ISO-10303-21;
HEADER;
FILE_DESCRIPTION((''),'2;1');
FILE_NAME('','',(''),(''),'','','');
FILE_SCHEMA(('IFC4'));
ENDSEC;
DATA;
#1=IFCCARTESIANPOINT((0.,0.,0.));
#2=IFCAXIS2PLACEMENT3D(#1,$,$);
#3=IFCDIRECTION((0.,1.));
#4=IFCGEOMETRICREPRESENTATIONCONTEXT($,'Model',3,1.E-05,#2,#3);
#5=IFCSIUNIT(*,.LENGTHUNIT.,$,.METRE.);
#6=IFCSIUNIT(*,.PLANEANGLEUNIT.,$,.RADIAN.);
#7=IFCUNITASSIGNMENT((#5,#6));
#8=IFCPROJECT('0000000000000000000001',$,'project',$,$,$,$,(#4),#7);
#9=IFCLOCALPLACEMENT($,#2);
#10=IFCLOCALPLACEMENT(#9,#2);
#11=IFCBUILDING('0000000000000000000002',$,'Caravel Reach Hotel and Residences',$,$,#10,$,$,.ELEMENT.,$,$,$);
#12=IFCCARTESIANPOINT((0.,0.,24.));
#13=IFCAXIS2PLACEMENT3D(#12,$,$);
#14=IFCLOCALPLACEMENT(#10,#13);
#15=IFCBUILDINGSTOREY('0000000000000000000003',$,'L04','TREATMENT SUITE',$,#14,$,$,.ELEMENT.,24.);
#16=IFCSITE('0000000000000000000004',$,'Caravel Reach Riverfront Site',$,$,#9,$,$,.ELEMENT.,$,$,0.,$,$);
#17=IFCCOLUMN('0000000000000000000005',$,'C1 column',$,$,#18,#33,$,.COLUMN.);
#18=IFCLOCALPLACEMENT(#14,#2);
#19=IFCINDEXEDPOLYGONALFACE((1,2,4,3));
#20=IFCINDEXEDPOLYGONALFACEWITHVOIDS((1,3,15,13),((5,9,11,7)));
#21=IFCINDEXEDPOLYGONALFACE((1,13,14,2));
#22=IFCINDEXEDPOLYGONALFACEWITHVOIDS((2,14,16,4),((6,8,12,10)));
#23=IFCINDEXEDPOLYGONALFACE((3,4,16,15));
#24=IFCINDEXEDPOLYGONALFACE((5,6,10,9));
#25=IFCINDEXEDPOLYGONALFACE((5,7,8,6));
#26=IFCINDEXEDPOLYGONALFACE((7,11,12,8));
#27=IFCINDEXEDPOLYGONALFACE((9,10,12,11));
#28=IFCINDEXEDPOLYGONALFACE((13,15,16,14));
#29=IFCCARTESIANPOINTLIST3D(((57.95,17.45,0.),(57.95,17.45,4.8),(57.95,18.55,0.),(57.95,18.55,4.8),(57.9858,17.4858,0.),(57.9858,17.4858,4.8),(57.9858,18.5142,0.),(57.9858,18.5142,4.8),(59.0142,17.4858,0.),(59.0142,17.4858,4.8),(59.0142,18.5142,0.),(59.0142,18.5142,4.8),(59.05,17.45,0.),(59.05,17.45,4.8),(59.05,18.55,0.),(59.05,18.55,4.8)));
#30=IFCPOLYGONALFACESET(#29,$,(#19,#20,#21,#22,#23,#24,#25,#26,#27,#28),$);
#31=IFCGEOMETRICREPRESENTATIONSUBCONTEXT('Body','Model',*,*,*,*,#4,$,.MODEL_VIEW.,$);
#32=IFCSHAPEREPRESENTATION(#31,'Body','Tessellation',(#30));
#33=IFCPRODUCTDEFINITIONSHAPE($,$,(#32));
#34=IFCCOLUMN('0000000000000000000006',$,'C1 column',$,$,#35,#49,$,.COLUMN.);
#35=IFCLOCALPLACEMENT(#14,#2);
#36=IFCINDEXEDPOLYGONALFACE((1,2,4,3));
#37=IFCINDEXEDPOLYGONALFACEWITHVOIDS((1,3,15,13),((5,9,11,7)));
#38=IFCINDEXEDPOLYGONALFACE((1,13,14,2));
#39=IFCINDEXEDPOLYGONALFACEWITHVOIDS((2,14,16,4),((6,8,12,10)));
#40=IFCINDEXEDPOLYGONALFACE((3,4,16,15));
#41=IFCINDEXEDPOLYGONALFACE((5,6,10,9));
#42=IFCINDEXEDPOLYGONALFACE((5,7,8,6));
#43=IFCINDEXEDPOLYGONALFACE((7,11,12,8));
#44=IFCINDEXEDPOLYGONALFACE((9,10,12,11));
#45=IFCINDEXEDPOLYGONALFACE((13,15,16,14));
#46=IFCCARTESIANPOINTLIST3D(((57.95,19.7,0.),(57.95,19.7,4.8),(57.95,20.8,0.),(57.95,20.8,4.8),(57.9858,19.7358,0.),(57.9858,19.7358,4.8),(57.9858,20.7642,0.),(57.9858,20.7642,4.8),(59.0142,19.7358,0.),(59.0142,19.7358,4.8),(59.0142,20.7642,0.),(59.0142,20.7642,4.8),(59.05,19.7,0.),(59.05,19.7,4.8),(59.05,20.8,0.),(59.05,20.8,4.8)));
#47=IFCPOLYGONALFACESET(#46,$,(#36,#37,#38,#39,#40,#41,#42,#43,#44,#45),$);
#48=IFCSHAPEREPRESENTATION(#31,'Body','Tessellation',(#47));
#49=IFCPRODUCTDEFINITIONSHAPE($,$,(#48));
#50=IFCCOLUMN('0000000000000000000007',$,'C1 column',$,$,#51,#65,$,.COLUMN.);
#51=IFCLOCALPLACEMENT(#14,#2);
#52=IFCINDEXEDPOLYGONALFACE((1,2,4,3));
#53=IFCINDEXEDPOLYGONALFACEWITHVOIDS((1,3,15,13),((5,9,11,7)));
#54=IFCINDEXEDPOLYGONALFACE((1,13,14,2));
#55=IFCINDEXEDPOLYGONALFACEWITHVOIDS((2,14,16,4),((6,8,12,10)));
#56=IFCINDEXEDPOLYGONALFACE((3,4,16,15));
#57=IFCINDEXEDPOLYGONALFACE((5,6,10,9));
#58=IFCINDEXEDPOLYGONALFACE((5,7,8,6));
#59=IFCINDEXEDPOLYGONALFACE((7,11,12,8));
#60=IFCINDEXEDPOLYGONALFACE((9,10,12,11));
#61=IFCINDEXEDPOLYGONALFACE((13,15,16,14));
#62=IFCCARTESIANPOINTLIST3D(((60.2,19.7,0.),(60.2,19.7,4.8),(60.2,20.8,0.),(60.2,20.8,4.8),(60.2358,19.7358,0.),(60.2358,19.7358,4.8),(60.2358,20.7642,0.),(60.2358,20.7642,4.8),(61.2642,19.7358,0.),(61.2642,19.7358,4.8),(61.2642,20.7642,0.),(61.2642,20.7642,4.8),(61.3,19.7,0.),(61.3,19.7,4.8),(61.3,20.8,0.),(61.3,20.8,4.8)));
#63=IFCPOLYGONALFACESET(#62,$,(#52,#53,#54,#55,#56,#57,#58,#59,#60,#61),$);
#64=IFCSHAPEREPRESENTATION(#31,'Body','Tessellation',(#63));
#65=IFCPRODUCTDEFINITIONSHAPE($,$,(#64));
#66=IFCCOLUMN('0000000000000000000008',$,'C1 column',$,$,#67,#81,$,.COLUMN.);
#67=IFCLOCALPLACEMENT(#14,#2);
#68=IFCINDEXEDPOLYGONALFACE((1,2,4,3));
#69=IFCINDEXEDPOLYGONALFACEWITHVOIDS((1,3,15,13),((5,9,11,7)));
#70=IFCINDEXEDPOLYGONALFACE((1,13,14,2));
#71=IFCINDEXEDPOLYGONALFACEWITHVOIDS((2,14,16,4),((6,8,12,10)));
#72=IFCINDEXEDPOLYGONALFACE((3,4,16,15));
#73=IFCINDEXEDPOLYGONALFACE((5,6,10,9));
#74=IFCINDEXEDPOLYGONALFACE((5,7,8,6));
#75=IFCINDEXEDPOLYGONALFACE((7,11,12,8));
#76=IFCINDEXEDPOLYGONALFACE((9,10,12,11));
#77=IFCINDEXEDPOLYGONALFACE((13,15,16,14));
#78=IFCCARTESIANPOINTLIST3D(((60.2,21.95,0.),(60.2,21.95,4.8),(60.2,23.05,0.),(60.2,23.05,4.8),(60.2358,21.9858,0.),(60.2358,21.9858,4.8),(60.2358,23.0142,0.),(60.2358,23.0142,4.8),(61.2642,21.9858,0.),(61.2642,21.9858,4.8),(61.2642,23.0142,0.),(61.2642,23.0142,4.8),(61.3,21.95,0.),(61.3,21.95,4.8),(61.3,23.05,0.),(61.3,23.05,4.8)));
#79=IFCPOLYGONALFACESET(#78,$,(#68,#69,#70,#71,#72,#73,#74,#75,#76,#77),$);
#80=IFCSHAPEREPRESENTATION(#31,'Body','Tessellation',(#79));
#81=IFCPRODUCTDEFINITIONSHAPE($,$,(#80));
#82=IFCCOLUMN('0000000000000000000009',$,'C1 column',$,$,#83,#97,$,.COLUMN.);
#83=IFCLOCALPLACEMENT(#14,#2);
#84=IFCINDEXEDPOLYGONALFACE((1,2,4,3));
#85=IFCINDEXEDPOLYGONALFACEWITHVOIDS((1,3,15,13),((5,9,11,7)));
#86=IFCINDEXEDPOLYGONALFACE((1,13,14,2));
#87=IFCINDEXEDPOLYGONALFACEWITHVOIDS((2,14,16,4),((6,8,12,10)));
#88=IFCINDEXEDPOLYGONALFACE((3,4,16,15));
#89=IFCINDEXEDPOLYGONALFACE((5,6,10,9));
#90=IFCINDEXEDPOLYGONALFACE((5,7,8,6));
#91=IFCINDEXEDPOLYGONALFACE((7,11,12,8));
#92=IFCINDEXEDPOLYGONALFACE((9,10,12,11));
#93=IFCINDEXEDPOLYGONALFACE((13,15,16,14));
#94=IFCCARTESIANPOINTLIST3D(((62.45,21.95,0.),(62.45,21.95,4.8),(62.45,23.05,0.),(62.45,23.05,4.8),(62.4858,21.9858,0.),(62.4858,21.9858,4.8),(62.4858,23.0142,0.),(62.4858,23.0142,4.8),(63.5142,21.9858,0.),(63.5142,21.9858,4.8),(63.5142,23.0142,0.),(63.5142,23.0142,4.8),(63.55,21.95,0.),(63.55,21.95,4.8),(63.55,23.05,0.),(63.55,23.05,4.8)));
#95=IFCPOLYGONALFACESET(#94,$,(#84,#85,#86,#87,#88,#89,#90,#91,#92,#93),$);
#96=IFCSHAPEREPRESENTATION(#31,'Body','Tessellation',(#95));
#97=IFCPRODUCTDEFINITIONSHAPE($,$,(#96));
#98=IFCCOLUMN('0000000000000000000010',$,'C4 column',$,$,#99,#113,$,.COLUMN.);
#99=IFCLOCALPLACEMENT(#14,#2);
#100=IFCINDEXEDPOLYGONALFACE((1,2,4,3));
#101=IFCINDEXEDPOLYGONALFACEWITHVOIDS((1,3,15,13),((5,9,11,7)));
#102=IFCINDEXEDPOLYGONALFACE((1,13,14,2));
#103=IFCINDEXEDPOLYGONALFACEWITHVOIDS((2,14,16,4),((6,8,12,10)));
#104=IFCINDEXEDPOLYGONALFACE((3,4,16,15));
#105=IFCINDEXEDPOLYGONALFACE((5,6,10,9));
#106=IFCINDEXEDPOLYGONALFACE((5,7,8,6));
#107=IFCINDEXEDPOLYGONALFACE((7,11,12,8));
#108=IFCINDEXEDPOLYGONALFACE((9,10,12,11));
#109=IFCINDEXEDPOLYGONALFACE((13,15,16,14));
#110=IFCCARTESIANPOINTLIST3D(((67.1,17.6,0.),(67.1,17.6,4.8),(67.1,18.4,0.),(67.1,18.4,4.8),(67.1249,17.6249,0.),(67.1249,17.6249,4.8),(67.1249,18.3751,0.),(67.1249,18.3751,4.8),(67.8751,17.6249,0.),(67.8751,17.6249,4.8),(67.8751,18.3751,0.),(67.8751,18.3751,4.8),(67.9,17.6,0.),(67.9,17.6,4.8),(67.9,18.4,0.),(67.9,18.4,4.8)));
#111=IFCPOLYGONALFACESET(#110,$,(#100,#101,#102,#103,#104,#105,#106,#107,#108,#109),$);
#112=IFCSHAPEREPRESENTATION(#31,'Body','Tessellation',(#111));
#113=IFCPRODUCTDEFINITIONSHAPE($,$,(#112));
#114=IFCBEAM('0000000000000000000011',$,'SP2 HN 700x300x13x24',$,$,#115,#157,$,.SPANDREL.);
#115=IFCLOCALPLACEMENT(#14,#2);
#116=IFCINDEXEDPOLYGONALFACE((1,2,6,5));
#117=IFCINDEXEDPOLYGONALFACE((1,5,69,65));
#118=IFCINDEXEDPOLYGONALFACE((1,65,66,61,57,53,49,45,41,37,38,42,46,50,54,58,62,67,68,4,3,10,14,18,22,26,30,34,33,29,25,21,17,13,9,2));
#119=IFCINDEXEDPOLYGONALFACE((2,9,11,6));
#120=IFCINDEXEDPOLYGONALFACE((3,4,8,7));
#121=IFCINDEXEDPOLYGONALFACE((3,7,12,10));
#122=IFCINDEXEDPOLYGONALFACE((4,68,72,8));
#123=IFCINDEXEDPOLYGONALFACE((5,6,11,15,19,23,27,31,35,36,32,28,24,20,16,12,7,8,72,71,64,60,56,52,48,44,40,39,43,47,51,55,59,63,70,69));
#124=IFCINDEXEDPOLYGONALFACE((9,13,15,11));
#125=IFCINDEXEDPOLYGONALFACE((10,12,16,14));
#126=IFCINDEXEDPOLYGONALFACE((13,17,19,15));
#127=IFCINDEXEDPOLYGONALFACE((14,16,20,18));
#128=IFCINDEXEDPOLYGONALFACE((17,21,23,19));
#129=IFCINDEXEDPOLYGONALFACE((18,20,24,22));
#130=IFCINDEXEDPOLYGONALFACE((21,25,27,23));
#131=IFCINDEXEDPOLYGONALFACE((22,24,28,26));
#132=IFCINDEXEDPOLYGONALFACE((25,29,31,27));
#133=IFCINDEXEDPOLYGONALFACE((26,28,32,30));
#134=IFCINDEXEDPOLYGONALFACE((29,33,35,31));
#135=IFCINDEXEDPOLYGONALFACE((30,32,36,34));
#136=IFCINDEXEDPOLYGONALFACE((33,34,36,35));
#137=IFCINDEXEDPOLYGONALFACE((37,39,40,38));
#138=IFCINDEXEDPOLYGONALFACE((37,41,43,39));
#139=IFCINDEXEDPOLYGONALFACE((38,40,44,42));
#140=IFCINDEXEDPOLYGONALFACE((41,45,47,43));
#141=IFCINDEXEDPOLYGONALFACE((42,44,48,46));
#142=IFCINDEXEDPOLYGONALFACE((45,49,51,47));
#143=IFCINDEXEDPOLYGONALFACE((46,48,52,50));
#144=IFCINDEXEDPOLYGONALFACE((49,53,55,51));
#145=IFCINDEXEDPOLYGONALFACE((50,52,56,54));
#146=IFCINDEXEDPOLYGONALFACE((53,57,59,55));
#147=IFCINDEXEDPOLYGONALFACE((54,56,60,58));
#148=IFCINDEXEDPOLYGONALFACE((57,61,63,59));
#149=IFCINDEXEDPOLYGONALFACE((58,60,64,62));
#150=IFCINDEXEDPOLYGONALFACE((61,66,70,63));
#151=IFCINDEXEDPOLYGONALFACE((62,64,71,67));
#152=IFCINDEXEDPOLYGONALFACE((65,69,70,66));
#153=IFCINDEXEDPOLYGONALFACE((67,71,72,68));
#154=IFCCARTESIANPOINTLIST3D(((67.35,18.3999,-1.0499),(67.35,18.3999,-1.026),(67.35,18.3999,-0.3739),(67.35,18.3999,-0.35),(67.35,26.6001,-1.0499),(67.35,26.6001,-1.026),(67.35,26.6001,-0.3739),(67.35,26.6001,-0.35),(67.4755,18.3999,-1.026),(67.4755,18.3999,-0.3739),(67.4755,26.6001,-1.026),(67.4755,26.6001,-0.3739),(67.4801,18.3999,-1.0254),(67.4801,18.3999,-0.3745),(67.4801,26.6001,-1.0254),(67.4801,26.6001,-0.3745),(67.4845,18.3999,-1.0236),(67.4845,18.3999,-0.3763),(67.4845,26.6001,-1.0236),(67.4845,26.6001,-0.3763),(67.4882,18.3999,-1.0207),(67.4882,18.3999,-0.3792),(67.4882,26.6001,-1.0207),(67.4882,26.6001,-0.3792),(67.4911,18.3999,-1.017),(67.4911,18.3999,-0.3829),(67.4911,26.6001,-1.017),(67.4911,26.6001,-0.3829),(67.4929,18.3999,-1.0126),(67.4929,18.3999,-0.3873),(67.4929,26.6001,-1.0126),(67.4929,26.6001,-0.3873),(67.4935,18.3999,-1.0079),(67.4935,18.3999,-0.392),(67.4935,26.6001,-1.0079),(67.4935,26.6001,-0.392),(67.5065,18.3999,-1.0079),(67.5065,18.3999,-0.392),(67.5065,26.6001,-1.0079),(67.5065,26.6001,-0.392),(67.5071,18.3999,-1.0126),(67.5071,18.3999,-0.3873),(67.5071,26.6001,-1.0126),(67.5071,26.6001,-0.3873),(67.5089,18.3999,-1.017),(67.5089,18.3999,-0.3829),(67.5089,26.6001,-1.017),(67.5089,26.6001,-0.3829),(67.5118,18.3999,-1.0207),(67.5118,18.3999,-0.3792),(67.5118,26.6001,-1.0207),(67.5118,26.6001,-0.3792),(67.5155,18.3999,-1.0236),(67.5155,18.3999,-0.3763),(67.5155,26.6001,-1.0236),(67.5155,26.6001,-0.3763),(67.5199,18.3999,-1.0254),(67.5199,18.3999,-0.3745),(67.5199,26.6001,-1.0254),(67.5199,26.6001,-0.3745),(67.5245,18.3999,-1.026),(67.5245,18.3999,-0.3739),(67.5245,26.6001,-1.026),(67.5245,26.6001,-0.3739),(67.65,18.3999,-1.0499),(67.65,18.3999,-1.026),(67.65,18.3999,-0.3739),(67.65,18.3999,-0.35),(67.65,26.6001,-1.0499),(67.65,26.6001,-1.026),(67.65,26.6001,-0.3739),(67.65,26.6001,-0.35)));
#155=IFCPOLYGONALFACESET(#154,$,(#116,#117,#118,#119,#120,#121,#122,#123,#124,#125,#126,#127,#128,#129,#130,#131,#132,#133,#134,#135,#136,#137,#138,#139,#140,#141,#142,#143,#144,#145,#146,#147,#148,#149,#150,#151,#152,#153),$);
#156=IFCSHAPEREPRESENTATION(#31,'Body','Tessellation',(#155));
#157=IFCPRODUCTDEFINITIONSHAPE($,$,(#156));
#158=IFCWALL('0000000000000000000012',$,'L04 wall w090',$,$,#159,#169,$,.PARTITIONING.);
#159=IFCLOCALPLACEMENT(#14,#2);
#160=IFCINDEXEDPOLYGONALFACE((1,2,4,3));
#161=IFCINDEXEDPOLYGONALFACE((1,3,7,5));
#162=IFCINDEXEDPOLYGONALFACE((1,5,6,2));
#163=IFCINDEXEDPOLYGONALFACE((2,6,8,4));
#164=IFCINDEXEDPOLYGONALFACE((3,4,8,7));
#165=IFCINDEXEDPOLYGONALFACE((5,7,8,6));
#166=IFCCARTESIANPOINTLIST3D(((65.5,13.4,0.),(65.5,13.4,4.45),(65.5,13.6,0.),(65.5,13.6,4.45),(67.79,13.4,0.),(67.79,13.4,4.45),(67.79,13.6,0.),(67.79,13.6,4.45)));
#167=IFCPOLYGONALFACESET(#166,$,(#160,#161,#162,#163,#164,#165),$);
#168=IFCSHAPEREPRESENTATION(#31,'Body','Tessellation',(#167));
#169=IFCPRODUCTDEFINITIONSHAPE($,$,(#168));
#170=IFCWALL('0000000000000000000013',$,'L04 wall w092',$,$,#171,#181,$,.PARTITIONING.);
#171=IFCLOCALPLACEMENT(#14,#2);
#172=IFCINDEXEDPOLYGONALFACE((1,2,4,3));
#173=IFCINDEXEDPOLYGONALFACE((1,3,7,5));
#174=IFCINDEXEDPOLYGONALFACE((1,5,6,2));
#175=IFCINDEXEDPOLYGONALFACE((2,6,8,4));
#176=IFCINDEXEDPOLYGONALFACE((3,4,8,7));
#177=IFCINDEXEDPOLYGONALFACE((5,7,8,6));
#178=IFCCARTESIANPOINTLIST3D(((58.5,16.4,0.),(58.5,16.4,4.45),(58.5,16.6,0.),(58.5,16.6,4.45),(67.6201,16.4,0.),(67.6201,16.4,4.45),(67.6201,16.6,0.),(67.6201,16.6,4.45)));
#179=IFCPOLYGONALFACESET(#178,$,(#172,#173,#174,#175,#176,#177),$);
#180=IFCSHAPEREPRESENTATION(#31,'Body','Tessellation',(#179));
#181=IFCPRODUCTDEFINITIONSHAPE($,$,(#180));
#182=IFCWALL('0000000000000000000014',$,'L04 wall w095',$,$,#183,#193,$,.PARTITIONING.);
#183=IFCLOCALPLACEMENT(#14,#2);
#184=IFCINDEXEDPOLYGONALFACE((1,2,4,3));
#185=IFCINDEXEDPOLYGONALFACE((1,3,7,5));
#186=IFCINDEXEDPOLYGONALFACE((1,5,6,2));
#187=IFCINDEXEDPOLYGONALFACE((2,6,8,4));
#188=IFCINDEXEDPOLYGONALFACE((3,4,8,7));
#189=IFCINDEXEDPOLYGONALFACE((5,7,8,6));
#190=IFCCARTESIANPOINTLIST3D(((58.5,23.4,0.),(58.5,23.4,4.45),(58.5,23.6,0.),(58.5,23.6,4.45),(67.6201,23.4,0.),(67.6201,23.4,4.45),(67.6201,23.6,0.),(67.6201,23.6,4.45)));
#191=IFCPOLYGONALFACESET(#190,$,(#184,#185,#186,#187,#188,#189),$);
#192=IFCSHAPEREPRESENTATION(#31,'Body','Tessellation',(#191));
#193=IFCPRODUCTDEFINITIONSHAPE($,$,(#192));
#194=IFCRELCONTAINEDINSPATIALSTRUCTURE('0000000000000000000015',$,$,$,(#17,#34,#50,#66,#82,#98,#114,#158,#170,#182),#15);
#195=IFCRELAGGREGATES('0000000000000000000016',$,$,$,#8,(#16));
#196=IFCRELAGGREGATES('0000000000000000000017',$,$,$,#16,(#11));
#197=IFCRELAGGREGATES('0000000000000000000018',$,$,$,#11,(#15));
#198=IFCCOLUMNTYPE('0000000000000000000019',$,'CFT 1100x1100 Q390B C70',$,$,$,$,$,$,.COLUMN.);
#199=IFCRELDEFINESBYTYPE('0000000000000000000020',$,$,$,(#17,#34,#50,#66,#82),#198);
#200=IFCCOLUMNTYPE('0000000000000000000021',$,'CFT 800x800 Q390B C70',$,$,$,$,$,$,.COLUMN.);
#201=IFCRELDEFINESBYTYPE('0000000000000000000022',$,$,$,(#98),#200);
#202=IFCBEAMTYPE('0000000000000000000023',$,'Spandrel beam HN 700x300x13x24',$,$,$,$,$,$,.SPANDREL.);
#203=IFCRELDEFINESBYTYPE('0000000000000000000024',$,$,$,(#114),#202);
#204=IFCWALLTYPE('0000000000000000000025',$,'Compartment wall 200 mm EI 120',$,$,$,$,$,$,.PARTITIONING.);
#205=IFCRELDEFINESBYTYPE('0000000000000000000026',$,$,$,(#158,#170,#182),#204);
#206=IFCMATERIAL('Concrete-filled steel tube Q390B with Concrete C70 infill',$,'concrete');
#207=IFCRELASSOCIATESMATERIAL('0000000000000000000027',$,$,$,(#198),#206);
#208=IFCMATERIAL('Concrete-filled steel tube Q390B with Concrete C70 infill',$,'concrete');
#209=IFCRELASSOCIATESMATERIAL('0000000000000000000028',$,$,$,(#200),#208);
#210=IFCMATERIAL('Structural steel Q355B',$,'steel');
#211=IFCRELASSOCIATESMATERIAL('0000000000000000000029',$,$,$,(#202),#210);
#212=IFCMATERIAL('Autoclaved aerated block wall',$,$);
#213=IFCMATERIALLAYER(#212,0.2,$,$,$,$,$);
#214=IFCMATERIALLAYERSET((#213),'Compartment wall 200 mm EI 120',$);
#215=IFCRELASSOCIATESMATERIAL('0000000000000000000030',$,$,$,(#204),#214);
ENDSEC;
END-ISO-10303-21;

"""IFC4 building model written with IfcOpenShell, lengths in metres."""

from ifc_helpers import new_model, si_unit, direction, frame, frame_2d, origin, origin_2d, place, context, subcontext, project, spatial, rectangle, hollow_rectangle, i_section, extrude, material, layer, layer_set, material_profile, profile_set, type_object, element, save


model = new_model("IFC4")

# Units and contexts
model_context = context("Model", 3, precision=1e-05, world=origin(), true_north=direction((0.0, 1.0)))
body_context = subcontext(model_context, "Body", "Model", "MODEL_VIEW")
ifc_project = project(units=[si_unit("LENGTHUNIT", "METRE"), si_unit("PLANEANGLEUNIT", "RADIAN")], contexts=[model_context])

# Site, building, storey
site_placement = place(None, origin())
site = spatial("IfcSite", under=ifc_project, at=site_placement, Name="Caravel Reach Riverfront Site", CompositionType="ELEMENT", RefElevation=0.0)
building_placement = place(site_placement, origin())
building = spatial("IfcBuilding", under=site, at=building_placement, Name="Caravel Reach Hotel and Residences", CompositionType="ELEMENT")
storey_placement = place(building_placement, frame((0.0, 0.0, 24.0)))
storey = spatial("IfcBuildingStorey", under=building, at=storey_placement, Name="L04", Description="TREATMENT SUITE", CompositionType="ELEMENT", Elevation=24.0)

# Columns
ifc_material_1 = material(Name="Concrete-filled steel tube Q390B with Concrete C70 infill", Category="concrete")
ifc_material_profile_1 = material_profile(ifc_material_1, hollow_rectangle(XDim=1.1001, YDim=1.1001, WallThickness=0.0359, at=origin_2d()), Name="RHS 1100x1100x36")
ifc_profile_set_1 = profile_set([ifc_material_profile_1], Name="Concrete-filled steel tube Q390B with Concrete C70 infill")
column_type_1 = type_object("IfcColumnType", Name="CFT 1100x1100 Q390B C70", PredefinedType="COLUMN", material=ifc_profile_set_1)
for number, where, z_axis, x_axis, name in (
    (1, (58.5, 18.0, 0.0), (0.0, 0.0, 1.0), (1.0, 0.0, 0.0), "C1 column"),
    (2, (58.5, 20.25, 0.0), (0.0, 0.0, 1.0), (1.0, 0.0, 0.0), "C1 column"),
    (3, (60.75, 20.25, 0.0), (0.0, 0.0, 1.0), (1.0, 0.0, 0.0), "C1 column"),
    (4, (60.75, 22.5, 0.0), (0.0, 0.0, 1.0), (1.0, 0.0, 0.0), "C1 column"),
    (5, (63.0, 22.5, 0.0), (0.0, 0.0, 1.0), (1.0, 0.0, 0.0), "C1 column"),
):
    element("IfcColumn", number, at=place(storey_placement, frame(where, z_axis=z_axis, x_axis=x_axis)), inside=storey, type_object=column_type_1, Name=name, PredefinedType="COLUMN", context=body_context, shape_type="SweptSolid", body=[
        extrude(hollow_rectangle(XDim=1.1001, YDim=1.1001, WallThickness=0.0359, at=origin_2d()), origin(), (0.0, 0.0, 1.0), 4.8),
    ])
ifc_material_2 = material(Name="Concrete-filled steel tube Q390B with Concrete C70 infill", Category="concrete")
ifc_material_profile_2 = material_profile(ifc_material_2, hollow_rectangle(XDim=0.8, YDim=0.8, WallThickness=0.0249, at=origin_2d()), Name="RHS 800x800x25")
ifc_profile_set_2 = profile_set([ifc_material_profile_2], Name="Concrete-filled steel tube Q390B with Concrete C70 infill")
column_type_2 = type_object("IfcColumnType", Name="CFT 800x800 Q390B C70", PredefinedType="COLUMN", material=ifc_profile_set_2)
column_placement = place(storey_placement, frame((67.5, 18.0, 0.0), z_axis=(0.0, 0.0, 1.0), x_axis=(1.0, 0.0, 0.0)))
element("IfcColumn", 6, at=column_placement, inside=storey, type_object=column_type_2, Name="C4 column", PredefinedType="COLUMN", context=body_context, shape_type="SweptSolid", body=[
    extrude(hollow_rectangle(XDim=0.8, YDim=0.8, WallThickness=0.0249, at=origin_2d()), origin(), (0.0, 0.0, 1.0), 4.8),
])

# Beam
ifc_material_3 = material(Name="Structural steel Q355B", Category="steel")
ifc_material_profile_3 = material_profile(ifc_material_3, i_section(OverallWidth=0.3, OverallDepth=0.7, WebThickness=0.0129, FlangeThickness=0.0239, FilletRadius=0.0181, at=origin_2d()), Name="HN 700x300x13x24")
ifc_profile_set_3 = profile_set([ifc_material_profile_3], Name="Structural steel Q355B")
beam_type = type_object("IfcBeamType", Name="Spandrel beam HN 700x300x13x24", PredefinedType="SPANDREL", material=ifc_profile_set_3)
beam_placement = place(storey_placement, frame((67.5, 18.3999, -0.7), z_axis=(0.0, 1.0, 0.0), x_axis=(-1.0, 0.0, 0.0)))
element("IfcBeam", 7, at=beam_placement, inside=storey, type_object=beam_type, Name="SP2 HN 700x300x13x24", PredefinedType="SPANDREL", context=body_context, shape_type="SweptSolid", body=[
    extrude(i_section(OverallWidth=0.3, OverallDepth=0.7, WebThickness=0.0129, FlangeThickness=0.0239, FilletRadius=0.0181, at=origin_2d()), origin(), (0.0, 0.0, 1.0), 8.2002),
])

# Walls
ifc_material_4 = material(Name="Autoclaved aerated block wall")
ifc_layer_1 = layer(ifc_material_4, 0.2)
ifc_layer_set_1 = layer_set([ifc_layer_1], Name="Compartment wall 200 mm EI 120")
wall_type_1 = type_object("IfcWallType", Name="Compartment wall 200 mm EI 120", PredefinedType="PARTITIONING", material=ifc_layer_set_1)
wall_1_placement = place(storey_placement, frame((65.5, 13.5, 0.0), z_axis=(0.0, 0.0, 1.0), x_axis=(1.0, 0.0, 0.0)))
element("IfcWall", 8, at=wall_1_placement, inside=storey, type_object=wall_type_1, Name="L04 wall w090", PredefinedType="PARTITIONING", context=body_context, shape_type="SweptSolid", body=[
    extrude(rectangle(XDim=2.29, YDim=0.2, at=frame_2d((1.145, 0.0))), origin(), (0.0, 0.0, 1.0), 4.45),
])
for number, where, z_axis, x_axis, name in (
    (9, (58.5, 16.5, 0.0), (0.0, 0.0, 1.0), (1.0, 0.0, 0.0), "L04 wall w092"),
    (10, (58.5, 23.5, 0.0), (0.0, 0.0, 1.0), (1.0, 0.0, 0.0), "L04 wall w095"),
):
    element("IfcWall", number, at=place(storey_placement, frame(where, z_axis=z_axis, x_axis=x_axis)), inside=storey, type_object=wall_type_1, Name=name, PredefinedType="PARTITIONING", context=body_context, shape_type="SweptSolid", body=[
        extrude(rectangle(XDim=9.1201, YDim=0.2, at=frame_2d((4.5601, 0.0))), origin(), (0.0, 0.0, 1.0), 4.45),
    ])

save(model, "model.ifc")
